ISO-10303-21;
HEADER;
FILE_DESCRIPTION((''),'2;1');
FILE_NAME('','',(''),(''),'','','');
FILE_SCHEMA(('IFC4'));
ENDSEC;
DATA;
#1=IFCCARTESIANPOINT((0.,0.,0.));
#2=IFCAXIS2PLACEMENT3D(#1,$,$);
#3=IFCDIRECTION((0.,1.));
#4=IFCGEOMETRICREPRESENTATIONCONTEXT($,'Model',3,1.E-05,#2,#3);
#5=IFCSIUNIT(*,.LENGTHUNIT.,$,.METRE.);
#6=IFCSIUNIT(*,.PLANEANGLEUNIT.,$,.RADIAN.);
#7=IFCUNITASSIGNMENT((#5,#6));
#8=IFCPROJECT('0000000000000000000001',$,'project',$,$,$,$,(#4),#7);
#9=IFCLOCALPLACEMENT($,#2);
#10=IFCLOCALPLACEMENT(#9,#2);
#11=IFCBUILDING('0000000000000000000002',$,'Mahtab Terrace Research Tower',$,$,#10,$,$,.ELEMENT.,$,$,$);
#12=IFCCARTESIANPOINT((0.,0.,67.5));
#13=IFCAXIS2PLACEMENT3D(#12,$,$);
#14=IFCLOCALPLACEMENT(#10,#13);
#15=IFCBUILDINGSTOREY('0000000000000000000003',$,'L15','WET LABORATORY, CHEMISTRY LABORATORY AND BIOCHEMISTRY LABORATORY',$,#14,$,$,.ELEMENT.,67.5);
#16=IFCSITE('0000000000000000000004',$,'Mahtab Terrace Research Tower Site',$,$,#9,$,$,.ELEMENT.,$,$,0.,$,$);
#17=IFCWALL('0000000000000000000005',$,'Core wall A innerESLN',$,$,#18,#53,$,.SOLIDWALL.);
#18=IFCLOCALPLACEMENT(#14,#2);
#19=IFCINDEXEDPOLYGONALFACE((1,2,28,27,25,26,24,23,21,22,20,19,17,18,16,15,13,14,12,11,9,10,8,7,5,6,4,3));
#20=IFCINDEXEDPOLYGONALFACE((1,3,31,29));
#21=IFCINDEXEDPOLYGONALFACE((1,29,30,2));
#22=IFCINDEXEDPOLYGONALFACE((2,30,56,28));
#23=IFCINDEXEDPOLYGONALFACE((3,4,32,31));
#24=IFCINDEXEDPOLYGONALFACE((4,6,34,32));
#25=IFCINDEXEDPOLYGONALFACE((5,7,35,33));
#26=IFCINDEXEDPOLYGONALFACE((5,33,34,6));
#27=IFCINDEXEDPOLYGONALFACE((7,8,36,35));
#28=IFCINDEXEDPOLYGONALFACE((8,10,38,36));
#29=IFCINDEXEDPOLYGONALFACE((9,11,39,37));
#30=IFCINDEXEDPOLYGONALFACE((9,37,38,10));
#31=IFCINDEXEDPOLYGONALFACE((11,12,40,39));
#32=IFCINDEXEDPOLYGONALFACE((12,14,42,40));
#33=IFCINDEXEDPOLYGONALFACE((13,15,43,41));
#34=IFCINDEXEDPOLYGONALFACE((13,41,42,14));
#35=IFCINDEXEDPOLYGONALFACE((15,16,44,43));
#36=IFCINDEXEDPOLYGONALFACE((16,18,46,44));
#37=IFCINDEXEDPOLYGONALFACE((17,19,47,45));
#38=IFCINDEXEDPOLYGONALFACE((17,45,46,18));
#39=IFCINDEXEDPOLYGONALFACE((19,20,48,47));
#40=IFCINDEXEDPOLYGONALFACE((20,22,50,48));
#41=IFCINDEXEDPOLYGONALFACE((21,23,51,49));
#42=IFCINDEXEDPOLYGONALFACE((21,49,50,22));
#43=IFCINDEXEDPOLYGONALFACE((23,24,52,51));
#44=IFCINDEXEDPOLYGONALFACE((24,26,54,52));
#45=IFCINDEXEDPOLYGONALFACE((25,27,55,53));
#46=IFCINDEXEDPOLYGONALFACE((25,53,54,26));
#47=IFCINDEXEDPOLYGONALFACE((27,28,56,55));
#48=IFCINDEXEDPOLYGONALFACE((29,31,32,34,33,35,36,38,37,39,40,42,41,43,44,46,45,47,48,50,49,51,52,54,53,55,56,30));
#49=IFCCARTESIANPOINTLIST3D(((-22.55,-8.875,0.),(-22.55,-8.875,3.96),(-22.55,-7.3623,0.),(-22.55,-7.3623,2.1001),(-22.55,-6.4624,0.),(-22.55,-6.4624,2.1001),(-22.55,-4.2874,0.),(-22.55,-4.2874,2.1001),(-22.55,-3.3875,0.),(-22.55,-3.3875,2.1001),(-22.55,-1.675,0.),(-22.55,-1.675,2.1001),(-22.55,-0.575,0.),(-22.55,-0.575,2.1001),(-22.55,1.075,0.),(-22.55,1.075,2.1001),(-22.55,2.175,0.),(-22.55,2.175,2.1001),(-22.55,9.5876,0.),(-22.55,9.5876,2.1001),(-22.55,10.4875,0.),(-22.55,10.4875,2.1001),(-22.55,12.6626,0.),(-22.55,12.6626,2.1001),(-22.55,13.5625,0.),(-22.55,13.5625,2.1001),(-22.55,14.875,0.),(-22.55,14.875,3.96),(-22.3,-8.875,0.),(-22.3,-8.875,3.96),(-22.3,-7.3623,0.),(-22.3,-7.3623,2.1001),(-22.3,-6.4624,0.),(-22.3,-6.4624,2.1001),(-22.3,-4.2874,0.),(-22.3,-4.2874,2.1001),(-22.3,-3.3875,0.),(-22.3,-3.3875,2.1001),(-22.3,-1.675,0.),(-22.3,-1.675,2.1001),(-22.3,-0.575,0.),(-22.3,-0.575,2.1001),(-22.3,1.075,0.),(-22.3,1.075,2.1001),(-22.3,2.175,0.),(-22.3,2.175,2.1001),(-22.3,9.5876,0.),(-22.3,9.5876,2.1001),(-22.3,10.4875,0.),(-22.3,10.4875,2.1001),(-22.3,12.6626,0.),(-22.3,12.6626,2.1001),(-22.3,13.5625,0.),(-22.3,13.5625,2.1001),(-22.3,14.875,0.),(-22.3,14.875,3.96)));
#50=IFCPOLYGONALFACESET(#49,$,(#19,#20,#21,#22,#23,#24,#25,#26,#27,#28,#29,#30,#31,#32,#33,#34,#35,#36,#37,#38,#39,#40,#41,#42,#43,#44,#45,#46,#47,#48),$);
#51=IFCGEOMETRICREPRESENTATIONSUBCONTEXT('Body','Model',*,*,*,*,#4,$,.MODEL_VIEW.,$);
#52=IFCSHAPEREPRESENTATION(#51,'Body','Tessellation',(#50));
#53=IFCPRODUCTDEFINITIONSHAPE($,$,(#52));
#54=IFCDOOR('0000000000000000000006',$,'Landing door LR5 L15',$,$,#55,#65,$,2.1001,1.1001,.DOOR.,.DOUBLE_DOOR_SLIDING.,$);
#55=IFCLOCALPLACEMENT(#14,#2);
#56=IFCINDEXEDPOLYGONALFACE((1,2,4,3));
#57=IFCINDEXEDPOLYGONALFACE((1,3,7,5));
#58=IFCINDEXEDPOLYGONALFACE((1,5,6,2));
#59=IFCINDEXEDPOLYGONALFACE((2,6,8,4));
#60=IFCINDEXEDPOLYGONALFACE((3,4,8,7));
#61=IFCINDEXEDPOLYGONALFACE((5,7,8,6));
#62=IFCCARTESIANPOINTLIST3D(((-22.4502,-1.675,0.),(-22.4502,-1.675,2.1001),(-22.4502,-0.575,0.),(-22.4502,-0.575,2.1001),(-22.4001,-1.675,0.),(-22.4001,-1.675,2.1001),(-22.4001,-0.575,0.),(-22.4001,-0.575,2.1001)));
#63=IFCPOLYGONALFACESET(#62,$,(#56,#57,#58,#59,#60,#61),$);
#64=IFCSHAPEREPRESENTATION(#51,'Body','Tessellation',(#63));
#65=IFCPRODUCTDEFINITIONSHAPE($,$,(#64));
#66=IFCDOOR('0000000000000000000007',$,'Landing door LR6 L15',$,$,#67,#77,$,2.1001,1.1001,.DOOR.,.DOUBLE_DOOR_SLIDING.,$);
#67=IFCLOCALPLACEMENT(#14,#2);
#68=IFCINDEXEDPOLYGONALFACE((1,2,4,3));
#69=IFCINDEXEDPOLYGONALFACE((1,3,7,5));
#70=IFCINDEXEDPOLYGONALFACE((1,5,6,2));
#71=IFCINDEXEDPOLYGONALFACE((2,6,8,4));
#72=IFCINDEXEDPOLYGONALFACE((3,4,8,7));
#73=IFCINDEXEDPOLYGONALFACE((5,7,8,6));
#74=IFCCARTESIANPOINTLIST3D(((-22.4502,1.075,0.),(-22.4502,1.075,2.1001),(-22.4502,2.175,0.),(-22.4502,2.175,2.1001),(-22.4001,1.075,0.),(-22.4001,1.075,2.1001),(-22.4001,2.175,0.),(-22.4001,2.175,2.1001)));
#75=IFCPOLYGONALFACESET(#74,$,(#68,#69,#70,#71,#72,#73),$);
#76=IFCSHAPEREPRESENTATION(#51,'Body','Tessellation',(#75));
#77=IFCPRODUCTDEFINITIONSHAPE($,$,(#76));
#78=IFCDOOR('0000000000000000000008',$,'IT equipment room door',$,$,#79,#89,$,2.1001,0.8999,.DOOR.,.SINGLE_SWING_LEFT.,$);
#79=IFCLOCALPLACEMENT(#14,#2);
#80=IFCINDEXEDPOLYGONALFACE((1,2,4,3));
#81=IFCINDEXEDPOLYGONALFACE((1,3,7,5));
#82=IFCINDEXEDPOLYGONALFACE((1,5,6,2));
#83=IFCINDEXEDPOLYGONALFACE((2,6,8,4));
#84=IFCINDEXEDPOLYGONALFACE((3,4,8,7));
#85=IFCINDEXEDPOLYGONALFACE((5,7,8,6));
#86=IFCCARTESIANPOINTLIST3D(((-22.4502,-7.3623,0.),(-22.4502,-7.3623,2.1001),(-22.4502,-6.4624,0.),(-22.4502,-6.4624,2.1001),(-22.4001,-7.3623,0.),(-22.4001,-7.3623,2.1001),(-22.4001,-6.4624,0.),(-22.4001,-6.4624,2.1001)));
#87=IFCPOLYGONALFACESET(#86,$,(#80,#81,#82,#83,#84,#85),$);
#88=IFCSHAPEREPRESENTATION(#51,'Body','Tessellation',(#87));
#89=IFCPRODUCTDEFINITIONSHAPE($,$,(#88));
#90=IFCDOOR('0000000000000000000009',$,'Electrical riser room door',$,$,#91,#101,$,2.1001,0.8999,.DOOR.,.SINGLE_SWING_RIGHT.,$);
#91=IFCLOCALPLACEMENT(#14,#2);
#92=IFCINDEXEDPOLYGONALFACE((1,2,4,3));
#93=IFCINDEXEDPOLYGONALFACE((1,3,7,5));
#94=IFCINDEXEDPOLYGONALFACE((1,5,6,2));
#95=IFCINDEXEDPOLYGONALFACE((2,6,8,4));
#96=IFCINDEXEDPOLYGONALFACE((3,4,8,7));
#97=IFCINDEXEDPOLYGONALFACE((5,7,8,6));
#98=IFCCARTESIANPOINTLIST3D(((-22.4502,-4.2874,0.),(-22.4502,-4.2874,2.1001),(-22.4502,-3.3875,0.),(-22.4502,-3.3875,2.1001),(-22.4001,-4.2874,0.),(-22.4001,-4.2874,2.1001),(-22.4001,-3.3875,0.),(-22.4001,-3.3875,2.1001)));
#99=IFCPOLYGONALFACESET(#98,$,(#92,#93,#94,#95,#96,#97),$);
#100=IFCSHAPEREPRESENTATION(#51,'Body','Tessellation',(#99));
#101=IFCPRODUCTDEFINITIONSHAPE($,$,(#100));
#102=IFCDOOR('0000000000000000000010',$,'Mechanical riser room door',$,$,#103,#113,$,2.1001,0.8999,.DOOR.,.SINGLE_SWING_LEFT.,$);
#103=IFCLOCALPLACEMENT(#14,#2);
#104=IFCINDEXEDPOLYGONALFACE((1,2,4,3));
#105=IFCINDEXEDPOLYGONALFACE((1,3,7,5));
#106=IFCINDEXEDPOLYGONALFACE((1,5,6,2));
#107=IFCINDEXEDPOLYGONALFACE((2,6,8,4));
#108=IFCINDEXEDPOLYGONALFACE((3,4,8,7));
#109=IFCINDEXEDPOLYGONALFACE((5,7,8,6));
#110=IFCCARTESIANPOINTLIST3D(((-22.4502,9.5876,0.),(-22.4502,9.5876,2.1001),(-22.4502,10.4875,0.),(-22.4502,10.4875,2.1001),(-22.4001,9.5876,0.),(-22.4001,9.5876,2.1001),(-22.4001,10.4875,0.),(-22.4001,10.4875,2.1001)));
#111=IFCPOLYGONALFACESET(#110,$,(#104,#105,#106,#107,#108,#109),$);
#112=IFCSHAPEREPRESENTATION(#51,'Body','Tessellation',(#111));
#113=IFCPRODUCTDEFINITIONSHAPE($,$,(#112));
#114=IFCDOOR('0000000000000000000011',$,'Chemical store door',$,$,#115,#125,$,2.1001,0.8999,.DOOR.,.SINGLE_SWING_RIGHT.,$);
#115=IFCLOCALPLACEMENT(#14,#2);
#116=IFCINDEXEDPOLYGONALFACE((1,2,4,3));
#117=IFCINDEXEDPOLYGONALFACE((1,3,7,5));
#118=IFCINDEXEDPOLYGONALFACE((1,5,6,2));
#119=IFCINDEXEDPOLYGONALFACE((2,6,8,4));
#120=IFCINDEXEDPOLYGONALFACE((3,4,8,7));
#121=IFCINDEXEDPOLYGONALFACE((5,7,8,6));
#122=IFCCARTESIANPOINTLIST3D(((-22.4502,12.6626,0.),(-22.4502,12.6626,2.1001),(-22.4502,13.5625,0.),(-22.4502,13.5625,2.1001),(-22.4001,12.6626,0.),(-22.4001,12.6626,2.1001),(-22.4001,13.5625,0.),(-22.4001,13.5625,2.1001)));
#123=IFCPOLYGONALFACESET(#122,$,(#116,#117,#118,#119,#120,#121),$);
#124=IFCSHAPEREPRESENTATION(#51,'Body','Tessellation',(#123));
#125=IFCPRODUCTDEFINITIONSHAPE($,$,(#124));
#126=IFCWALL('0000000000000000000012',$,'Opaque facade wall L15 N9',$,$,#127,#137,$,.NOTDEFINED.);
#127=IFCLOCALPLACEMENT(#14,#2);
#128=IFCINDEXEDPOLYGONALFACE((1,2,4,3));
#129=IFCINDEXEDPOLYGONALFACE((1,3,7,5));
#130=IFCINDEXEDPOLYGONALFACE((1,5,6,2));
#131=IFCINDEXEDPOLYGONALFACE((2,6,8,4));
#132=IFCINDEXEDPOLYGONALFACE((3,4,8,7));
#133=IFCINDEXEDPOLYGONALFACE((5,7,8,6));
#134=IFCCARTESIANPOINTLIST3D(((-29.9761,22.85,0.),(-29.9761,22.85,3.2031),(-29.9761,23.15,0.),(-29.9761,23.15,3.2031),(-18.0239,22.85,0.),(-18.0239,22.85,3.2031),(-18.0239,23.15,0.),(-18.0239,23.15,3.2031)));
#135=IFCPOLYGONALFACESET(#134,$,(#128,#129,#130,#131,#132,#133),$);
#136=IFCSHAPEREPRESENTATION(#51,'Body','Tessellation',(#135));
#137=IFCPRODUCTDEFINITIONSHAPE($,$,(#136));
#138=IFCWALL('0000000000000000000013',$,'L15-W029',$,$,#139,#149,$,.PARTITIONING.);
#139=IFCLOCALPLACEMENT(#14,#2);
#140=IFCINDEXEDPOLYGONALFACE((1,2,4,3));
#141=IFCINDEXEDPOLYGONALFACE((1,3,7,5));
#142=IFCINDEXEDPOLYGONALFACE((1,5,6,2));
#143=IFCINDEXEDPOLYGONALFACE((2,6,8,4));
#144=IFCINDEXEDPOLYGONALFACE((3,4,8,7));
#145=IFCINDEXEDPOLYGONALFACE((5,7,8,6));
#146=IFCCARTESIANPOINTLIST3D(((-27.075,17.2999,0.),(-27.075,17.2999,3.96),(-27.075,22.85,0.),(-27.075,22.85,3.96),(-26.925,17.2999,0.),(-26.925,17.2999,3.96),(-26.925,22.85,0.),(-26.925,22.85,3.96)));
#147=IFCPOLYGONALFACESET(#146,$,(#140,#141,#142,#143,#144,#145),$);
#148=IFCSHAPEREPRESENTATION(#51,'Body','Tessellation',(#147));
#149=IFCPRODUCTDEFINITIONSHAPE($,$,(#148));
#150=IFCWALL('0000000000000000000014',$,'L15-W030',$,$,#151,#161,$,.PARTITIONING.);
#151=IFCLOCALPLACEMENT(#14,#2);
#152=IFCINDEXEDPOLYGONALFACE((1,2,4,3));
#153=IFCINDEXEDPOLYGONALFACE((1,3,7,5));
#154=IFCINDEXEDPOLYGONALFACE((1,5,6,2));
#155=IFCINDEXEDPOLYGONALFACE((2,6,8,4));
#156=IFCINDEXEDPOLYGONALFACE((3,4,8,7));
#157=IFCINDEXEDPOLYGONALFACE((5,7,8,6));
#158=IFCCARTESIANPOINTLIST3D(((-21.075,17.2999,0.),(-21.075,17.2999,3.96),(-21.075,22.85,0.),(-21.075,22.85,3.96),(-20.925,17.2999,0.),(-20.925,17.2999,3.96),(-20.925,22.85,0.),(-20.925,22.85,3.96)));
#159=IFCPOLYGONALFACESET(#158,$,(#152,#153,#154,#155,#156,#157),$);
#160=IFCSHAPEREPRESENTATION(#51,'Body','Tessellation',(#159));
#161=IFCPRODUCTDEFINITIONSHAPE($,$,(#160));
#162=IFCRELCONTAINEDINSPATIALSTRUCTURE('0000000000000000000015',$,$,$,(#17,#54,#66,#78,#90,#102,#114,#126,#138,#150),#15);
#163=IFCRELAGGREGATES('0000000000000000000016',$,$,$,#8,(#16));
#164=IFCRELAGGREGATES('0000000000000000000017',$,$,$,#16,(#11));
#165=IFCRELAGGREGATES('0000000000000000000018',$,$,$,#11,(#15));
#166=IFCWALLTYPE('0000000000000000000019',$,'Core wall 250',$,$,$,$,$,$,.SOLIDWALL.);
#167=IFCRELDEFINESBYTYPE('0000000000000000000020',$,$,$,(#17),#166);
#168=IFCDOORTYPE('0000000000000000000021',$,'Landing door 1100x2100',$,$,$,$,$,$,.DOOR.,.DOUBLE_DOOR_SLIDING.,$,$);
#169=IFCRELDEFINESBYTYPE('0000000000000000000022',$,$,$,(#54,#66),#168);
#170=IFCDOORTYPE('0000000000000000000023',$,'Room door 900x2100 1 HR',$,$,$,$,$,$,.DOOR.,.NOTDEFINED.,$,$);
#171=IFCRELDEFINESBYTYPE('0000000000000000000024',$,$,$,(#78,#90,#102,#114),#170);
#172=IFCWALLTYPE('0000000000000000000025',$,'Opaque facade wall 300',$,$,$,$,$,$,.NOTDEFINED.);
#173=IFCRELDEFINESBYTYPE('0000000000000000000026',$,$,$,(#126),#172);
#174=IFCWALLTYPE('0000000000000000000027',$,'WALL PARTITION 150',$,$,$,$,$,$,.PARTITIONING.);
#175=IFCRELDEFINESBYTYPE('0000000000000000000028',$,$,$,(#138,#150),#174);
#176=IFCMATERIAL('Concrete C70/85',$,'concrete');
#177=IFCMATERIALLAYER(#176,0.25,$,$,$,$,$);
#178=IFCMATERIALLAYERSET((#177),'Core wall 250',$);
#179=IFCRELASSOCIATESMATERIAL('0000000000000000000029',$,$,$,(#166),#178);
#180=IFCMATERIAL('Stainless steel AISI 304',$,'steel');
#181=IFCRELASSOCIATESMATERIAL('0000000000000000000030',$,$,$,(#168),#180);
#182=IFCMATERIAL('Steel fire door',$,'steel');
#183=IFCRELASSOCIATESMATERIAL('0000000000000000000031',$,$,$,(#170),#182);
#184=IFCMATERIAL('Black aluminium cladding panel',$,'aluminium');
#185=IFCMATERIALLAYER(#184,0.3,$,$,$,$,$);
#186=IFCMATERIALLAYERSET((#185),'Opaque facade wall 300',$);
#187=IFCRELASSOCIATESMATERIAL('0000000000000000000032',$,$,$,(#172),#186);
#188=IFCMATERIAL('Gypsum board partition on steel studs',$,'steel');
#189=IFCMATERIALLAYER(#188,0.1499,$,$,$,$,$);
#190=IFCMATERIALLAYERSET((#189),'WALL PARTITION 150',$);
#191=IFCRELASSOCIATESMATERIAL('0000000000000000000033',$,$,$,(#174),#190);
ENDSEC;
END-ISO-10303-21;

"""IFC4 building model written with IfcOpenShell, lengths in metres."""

from ifc_helpers import new_model, si_unit, direction, frame, frame_2d, origin, place, context, subcontext, project, spatial, rectangle, extrude, material, layer, layer_set, type_object, element, fill, save


model = new_model("IFC4")

# Units and contexts
model_context = context("Model", 3, precision=1e-05, world=origin(), true_north=direction((0.0, 1.0)))
body_context = subcontext(model_context, "Body", "Model", "MODEL_VIEW")
ifc_project = project(units=[si_unit("LENGTHUNIT", "METRE"), si_unit("PLANEANGLEUNIT", "RADIAN")], contexts=[model_context])

# Site, building, storey
site_placement = place(None, origin())
site = spatial("IfcSite", under=ifc_project, at=site_placement, Name="Mahtab Terrace Research Tower Site", CompositionType="ELEMENT", RefElevation=0.0)
building_placement = place(site_placement, origin())
building = spatial("IfcBuilding", under=site, at=building_placement, Name="Mahtab Terrace Research Tower", CompositionType="ELEMENT")
storey_placement = place(building_placement, frame((0.0, 0.0, 67.5)))
storey = spatial("IfcBuildingStorey", under=building, at=storey_placement, Name="L15", Description="WET LABORATORY, CHEMISTRY LABORATORY AND BIOCHEMISTRY LABORATORY", CompositionType="ELEMENT", Elevation=67.5)

# Shared definitions
ifc_material_1 = material(Name="Concrete C70/85", Category="concrete")
ifc_layer_1 = layer(ifc_material_1, 0.25)
ifc_layer_set_1 = layer_set([ifc_layer_1], Name="Core wall 250")
wall_type_1 = type_object("IfcWallType", Name="Core wall 250", PredefinedType="SOLIDWALL", material=ifc_layer_set_1)

# Shared definitions
ifc_material_2 = material(Name="Steel fire door", Category="steel")

# Wall, openings, doors
wall_1_placement = place(storey_placement, frame((-22.425, 14.875, 0.0), z_axis=(0.0, 0.0, 1.0), x_axis=(0.0, -1.0, 0.0)))
wall_1 = element("IfcWall", 1, at=wall_1_placement, inside=storey, type_object=wall_type_1, Name="Core wall A innerESLN", PredefinedType="SOLIDWALL", context=body_context, shape_type="SweptSolid", body=[
    extrude(rectangle(XDim=23.75, YDim=0.25, at=frame_2d((11.875, 0.0))), origin(), (0.0, 0.0, 1.0), 3.96),
])
opening_1_placement = place(wall_1_placement, frame((15.45, 0.0, 0.0)))
opening_1 = element("IfcOpeningElement", 2, at=opening_1_placement, cuts=wall_1, PredefinedType="OPENING", context=body_context, shape_type="SweptSolid", body=[
    extrude(rectangle(XDim=1.1001, YDim=2.1001, at=frame_2d((0.55, 1.05))), frame((0.0, 0.135, 0.0), z_axis=(0.0, -1.0, 0.0), x_axis=(1.0, 0.0, 0.0)), (0.0, 0.0, 1.0), 0.27),
])
opening_2_placement = place(wall_1_placement, frame((12.7, 0.0, 0.0)))
opening_2 = element("IfcOpeningElement", 3, at=opening_2_placement, cuts=wall_1, PredefinedType="OPENING", context=body_context, shape_type="SweptSolid", body=[
    extrude(rectangle(XDim=1.1001, YDim=2.1001, at=frame_2d((0.55, 1.05))), frame((0.0, 0.135, 0.0), z_axis=(0.0, -1.0, 0.0), x_axis=(1.0, 0.0, 0.0)), (0.0, 0.0, 1.0), 0.27),
])
opening_3_placement = place(wall_1_placement, frame((21.3374, 0.0, 0.0)))
opening_3 = element("IfcOpeningElement", 4, at=opening_3_placement, cuts=wall_1, PredefinedType="OPENING", context=body_context, shape_type="SweptSolid", body=[
    extrude(rectangle(XDim=0.8999, YDim=2.1001, at=frame_2d((0.45, 1.05))), frame((0.0, 0.135, 0.0), z_axis=(0.0, -1.0, 0.0), x_axis=(1.0, 0.0, 0.0)), (0.0, 0.0, 1.0), 0.27),
])
opening_4_placement = place(wall_1_placement, frame((18.2625, 0.0, 0.0)))
opening_4 = element("IfcOpeningElement", 5, at=opening_4_placement, cuts=wall_1, PredefinedType="OPENING", context=body_context, shape_type="SweptSolid", body=[
    extrude(rectangle(XDim=0.8999, YDim=2.1001, at=frame_2d((0.45, 1.05))), frame((0.0, 0.135, 0.0), z_axis=(0.0, -1.0, 0.0), x_axis=(1.0, 0.0, 0.0)), (0.0, 0.0, 1.0), 0.27),
])
opening_5_placement = place(wall_1_placement, frame((4.3875, 0.0, 0.0)))
opening_5 = element("IfcOpeningElement", 6, at=opening_5_placement, cuts=wall_1, PredefinedType="OPENING", context=body_context, shape_type="SweptSolid", body=[
    extrude(rectangle(XDim=0.8999, YDim=2.1001, at=frame_2d((0.45, 1.05))), frame((0.0, 0.135, 0.0), z_axis=(0.0, -1.0, 0.0), x_axis=(1.0, 0.0, 0.0)), (0.0, 0.0, 1.0), 0.27),
])
opening_6_placement = place(wall_1_placement, frame((1.3125, 0.0, 0.0)))
opening_6 = element("IfcOpeningElement", 7, at=opening_6_placement, cuts=wall_1, PredefinedType="OPENING", context=body_context, shape_type="SweptSolid", body=[
    extrude(rectangle(XDim=0.8999, YDim=2.1001, at=frame_2d((0.45, 1.05))), frame((0.0, 0.135, 0.0), z_axis=(0.0, -1.0, 0.0), x_axis=(1.0, 0.0, 0.0)), (0.0, 0.0, 1.0), 0.27),
])
ifc_material_3 = material(Name="Stainless steel AISI 304", Category="steel")
door_type_1 = type_object("IfcDoorType", Name="Landing door 1100x2100", OperationType="DOUBLE_DOOR_SLIDING", PredefinedType="DOOR", material=ifc_material_3)
door_1_placement = place(opening_1_placement, origin())
door_1 = element("IfcDoor", 8, at=door_1_placement, inside=storey, type_object=door_type_1, Name="Landing door LR5 L15", OperationType="DOUBLE_DOOR_SLIDING", OverallHeight=2.1001, OverallWidth=1.1001, PredefinedType="DOOR", context=body_context, shape_type="SweptSolid", body=[
    extrude(rectangle(XDim=1.1001, YDim=2.1001, at=frame_2d((0.55, 1.05))), frame((0.0, 0.0249, 0.0), z_axis=(0.0, -1.0, 0.0), x_axis=(1.0, 0.0, 0.0)), (0.0, 0.0, 1.0), 0.05),
])
fill(opening_1, door_1)
door_2_placement = place(opening_2_placement, origin())
door_2 = element("IfcDoor", 9, at=door_2_placement, inside=storey, type_object=door_type_1, Name="Landing door LR6 L15", OperationType="DOUBLE_DOOR_SLIDING", OverallHeight=2.1001, OverallWidth=1.1001, PredefinedType="DOOR", context=body_context, shape_type="SweptSolid", body=[
    extrude(rectangle(XDim=1.1001, YDim=2.1001, at=frame_2d((0.55, 1.05))), frame((0.0, 0.0249, 0.0), z_axis=(0.0, -1.0, 0.0), x_axis=(1.0, 0.0, 0.0)), (0.0, 0.0, 1.0), 0.05),
])
fill(opening_2, door_2)
door_type_2 = type_object("IfcDoorType", Name="Room door 900x2100 1 HR", OperationType="NOTDEFINED", PredefinedType="DOOR", material=ifc_material_2)
door_3_placement = place(opening_3_placement, origin())
door_3 = element("IfcDoor", 10, at=door_3_placement, inside=storey, type_object=door_type_2, Name="IT equipment room door", OperationType="SINGLE_SWING_LEFT", OverallHeight=2.1001, OverallWidth=0.8999, PredefinedType="DOOR", context=body_context, shape_type="SweptSolid", body=[
    extrude(rectangle(XDim=0.8999, YDim=2.1001, at=frame_2d((0.45, 1.05))), frame((0.0, 0.0249, 0.0), z_axis=(0.0, -1.0, 0.0), x_axis=(1.0, 0.0, 0.0)), (0.0, 0.0, 1.0), 0.05),
])
fill(opening_3, door_3)
door_4_placement = place(opening_4_placement, origin())
door_4 = element("IfcDoor", 11, at=door_4_placement, inside=storey, type_object=door_type_2, Name="Electrical riser room door", OperationType="SINGLE_SWING_RIGHT", OverallHeight=2.1001, OverallWidth=0.8999, PredefinedType="DOOR", context=body_context, shape_type="SweptSolid", body=[
    extrude(rectangle(XDim=0.8999, YDim=2.1001, at=frame_2d((0.45, 1.05))), frame((0.0, 0.0249, 0.0), z_axis=(0.0, -1.0, 0.0), x_axis=(1.0, 0.0, 0.0)), (0.0, 0.0, 1.0), 0.05),
])
fill(opening_4, door_4)
door_5_placement = place(opening_5_placement, origin())
door_5 = element("IfcDoor", 12, at=door_5_placement, inside=storey, type_object=door_type_2, Name="Mechanical riser room door", OperationType="SINGLE_SWING_LEFT", OverallHeight=2.1001, OverallWidth=0.8999, PredefinedType="DOOR", context=body_context, shape_type="SweptSolid", body=[
    extrude(rectangle(XDim=0.8999, YDim=2.1001, at=frame_2d((0.45, 1.05))), frame((0.0, 0.0249, 0.0), z_axis=(0.0, -1.0, 0.0), x_axis=(1.0, 0.0, 0.0)), (0.0, 0.0, 1.0), 0.05),
])
fill(opening_5, door_5)
door_6_placement = place(opening_6_placement, origin())
door_6 = element("IfcDoor", 13, at=door_6_placement, inside=storey, type_object=door_type_2, Name="Chemical store door", OperationType="SINGLE_SWING_RIGHT", OverallHeight=2.1001, OverallWidth=0.8999, PredefinedType="DOOR", context=body_context, shape_type="SweptSolid", body=[
    extrude(rectangle(XDim=0.8999, YDim=2.1001, at=frame_2d((0.45, 1.05))), frame((0.0, 0.0249, 0.0), z_axis=(0.0, -1.0, 0.0), x_axis=(1.0, 0.0, 0.0)), (0.0, 0.0, 1.0), 0.05),
])
fill(opening_6, door_6)

# Walls
ifc_material_4 = material(Name="Black aluminium cladding panel", Category="aluminium")
ifc_layer_2 = layer(ifc_material_4, 0.3)
ifc_layer_set_2 = layer_set([ifc_layer_2], Name="Opaque facade wall 300")
wall_type_2 = type_object("IfcWallType", Name="Opaque facade wall 300", PredefinedType="NOTDEFINED", material=ifc_layer_set_2)
wall_2_placement = place(storey_placement, frame((-18.0239, 23.0, 0.0), z_axis=(0.0, 0.0, 1.0), x_axis=(-1.0, 0.0, 0.0)))
element("IfcWall", 14, at=wall_2_placement, inside=storey, type_object=wall_type_2, Name="Opaque facade wall L15 N9", PredefinedType="NOTDEFINED", context=body_context, shape_type="SweptSolid", body=[
    extrude(rectangle(XDim=11.9521, YDim=0.3, at=frame_2d((5.9761, 0.0))), origin(), (0.0, 0.0, 1.0), 3.2031),
])
ifc_material_5 = material(Name="Gypsum board partition on steel studs", Category="steel")
ifc_layer_3 = layer(ifc_material_5, 0.1499)
ifc_layer_set_3 = layer_set([ifc_layer_3], Name="WALL PARTITION 150")
wall_type_3 = type_object("IfcWallType", Name="WALL PARTITION 150", PredefinedType="PARTITIONING", material=ifc_layer_set_3)
for number, where, z_axis, x_axis, name in (
    (15, (-27.0, 17.3, 0.0), (0.0, 0.0, 1.0), (0.0, 1.0, 0.0), "L15-W029"),
    (16, (-21.0, 17.3, 0.0), (0.0, 0.0, 1.0), (0.0, 1.0, 0.0), "L15-W030"),
):
    element("IfcWall", number, at=place(storey_placement, frame(where, z_axis=z_axis, x_axis=x_axis)), inside=storey, type_object=wall_type_3, Name=name, PredefinedType="PARTITIONING", context=body_context, shape_type="SweptSolid", body=[
        extrude(rectangle(XDim=5.55, YDim=0.1499, at=frame_2d((2.7749, 0.0))), origin(), (0.0, 0.0, 1.0), 3.96),
    ])

save(model, "model.ifc")
